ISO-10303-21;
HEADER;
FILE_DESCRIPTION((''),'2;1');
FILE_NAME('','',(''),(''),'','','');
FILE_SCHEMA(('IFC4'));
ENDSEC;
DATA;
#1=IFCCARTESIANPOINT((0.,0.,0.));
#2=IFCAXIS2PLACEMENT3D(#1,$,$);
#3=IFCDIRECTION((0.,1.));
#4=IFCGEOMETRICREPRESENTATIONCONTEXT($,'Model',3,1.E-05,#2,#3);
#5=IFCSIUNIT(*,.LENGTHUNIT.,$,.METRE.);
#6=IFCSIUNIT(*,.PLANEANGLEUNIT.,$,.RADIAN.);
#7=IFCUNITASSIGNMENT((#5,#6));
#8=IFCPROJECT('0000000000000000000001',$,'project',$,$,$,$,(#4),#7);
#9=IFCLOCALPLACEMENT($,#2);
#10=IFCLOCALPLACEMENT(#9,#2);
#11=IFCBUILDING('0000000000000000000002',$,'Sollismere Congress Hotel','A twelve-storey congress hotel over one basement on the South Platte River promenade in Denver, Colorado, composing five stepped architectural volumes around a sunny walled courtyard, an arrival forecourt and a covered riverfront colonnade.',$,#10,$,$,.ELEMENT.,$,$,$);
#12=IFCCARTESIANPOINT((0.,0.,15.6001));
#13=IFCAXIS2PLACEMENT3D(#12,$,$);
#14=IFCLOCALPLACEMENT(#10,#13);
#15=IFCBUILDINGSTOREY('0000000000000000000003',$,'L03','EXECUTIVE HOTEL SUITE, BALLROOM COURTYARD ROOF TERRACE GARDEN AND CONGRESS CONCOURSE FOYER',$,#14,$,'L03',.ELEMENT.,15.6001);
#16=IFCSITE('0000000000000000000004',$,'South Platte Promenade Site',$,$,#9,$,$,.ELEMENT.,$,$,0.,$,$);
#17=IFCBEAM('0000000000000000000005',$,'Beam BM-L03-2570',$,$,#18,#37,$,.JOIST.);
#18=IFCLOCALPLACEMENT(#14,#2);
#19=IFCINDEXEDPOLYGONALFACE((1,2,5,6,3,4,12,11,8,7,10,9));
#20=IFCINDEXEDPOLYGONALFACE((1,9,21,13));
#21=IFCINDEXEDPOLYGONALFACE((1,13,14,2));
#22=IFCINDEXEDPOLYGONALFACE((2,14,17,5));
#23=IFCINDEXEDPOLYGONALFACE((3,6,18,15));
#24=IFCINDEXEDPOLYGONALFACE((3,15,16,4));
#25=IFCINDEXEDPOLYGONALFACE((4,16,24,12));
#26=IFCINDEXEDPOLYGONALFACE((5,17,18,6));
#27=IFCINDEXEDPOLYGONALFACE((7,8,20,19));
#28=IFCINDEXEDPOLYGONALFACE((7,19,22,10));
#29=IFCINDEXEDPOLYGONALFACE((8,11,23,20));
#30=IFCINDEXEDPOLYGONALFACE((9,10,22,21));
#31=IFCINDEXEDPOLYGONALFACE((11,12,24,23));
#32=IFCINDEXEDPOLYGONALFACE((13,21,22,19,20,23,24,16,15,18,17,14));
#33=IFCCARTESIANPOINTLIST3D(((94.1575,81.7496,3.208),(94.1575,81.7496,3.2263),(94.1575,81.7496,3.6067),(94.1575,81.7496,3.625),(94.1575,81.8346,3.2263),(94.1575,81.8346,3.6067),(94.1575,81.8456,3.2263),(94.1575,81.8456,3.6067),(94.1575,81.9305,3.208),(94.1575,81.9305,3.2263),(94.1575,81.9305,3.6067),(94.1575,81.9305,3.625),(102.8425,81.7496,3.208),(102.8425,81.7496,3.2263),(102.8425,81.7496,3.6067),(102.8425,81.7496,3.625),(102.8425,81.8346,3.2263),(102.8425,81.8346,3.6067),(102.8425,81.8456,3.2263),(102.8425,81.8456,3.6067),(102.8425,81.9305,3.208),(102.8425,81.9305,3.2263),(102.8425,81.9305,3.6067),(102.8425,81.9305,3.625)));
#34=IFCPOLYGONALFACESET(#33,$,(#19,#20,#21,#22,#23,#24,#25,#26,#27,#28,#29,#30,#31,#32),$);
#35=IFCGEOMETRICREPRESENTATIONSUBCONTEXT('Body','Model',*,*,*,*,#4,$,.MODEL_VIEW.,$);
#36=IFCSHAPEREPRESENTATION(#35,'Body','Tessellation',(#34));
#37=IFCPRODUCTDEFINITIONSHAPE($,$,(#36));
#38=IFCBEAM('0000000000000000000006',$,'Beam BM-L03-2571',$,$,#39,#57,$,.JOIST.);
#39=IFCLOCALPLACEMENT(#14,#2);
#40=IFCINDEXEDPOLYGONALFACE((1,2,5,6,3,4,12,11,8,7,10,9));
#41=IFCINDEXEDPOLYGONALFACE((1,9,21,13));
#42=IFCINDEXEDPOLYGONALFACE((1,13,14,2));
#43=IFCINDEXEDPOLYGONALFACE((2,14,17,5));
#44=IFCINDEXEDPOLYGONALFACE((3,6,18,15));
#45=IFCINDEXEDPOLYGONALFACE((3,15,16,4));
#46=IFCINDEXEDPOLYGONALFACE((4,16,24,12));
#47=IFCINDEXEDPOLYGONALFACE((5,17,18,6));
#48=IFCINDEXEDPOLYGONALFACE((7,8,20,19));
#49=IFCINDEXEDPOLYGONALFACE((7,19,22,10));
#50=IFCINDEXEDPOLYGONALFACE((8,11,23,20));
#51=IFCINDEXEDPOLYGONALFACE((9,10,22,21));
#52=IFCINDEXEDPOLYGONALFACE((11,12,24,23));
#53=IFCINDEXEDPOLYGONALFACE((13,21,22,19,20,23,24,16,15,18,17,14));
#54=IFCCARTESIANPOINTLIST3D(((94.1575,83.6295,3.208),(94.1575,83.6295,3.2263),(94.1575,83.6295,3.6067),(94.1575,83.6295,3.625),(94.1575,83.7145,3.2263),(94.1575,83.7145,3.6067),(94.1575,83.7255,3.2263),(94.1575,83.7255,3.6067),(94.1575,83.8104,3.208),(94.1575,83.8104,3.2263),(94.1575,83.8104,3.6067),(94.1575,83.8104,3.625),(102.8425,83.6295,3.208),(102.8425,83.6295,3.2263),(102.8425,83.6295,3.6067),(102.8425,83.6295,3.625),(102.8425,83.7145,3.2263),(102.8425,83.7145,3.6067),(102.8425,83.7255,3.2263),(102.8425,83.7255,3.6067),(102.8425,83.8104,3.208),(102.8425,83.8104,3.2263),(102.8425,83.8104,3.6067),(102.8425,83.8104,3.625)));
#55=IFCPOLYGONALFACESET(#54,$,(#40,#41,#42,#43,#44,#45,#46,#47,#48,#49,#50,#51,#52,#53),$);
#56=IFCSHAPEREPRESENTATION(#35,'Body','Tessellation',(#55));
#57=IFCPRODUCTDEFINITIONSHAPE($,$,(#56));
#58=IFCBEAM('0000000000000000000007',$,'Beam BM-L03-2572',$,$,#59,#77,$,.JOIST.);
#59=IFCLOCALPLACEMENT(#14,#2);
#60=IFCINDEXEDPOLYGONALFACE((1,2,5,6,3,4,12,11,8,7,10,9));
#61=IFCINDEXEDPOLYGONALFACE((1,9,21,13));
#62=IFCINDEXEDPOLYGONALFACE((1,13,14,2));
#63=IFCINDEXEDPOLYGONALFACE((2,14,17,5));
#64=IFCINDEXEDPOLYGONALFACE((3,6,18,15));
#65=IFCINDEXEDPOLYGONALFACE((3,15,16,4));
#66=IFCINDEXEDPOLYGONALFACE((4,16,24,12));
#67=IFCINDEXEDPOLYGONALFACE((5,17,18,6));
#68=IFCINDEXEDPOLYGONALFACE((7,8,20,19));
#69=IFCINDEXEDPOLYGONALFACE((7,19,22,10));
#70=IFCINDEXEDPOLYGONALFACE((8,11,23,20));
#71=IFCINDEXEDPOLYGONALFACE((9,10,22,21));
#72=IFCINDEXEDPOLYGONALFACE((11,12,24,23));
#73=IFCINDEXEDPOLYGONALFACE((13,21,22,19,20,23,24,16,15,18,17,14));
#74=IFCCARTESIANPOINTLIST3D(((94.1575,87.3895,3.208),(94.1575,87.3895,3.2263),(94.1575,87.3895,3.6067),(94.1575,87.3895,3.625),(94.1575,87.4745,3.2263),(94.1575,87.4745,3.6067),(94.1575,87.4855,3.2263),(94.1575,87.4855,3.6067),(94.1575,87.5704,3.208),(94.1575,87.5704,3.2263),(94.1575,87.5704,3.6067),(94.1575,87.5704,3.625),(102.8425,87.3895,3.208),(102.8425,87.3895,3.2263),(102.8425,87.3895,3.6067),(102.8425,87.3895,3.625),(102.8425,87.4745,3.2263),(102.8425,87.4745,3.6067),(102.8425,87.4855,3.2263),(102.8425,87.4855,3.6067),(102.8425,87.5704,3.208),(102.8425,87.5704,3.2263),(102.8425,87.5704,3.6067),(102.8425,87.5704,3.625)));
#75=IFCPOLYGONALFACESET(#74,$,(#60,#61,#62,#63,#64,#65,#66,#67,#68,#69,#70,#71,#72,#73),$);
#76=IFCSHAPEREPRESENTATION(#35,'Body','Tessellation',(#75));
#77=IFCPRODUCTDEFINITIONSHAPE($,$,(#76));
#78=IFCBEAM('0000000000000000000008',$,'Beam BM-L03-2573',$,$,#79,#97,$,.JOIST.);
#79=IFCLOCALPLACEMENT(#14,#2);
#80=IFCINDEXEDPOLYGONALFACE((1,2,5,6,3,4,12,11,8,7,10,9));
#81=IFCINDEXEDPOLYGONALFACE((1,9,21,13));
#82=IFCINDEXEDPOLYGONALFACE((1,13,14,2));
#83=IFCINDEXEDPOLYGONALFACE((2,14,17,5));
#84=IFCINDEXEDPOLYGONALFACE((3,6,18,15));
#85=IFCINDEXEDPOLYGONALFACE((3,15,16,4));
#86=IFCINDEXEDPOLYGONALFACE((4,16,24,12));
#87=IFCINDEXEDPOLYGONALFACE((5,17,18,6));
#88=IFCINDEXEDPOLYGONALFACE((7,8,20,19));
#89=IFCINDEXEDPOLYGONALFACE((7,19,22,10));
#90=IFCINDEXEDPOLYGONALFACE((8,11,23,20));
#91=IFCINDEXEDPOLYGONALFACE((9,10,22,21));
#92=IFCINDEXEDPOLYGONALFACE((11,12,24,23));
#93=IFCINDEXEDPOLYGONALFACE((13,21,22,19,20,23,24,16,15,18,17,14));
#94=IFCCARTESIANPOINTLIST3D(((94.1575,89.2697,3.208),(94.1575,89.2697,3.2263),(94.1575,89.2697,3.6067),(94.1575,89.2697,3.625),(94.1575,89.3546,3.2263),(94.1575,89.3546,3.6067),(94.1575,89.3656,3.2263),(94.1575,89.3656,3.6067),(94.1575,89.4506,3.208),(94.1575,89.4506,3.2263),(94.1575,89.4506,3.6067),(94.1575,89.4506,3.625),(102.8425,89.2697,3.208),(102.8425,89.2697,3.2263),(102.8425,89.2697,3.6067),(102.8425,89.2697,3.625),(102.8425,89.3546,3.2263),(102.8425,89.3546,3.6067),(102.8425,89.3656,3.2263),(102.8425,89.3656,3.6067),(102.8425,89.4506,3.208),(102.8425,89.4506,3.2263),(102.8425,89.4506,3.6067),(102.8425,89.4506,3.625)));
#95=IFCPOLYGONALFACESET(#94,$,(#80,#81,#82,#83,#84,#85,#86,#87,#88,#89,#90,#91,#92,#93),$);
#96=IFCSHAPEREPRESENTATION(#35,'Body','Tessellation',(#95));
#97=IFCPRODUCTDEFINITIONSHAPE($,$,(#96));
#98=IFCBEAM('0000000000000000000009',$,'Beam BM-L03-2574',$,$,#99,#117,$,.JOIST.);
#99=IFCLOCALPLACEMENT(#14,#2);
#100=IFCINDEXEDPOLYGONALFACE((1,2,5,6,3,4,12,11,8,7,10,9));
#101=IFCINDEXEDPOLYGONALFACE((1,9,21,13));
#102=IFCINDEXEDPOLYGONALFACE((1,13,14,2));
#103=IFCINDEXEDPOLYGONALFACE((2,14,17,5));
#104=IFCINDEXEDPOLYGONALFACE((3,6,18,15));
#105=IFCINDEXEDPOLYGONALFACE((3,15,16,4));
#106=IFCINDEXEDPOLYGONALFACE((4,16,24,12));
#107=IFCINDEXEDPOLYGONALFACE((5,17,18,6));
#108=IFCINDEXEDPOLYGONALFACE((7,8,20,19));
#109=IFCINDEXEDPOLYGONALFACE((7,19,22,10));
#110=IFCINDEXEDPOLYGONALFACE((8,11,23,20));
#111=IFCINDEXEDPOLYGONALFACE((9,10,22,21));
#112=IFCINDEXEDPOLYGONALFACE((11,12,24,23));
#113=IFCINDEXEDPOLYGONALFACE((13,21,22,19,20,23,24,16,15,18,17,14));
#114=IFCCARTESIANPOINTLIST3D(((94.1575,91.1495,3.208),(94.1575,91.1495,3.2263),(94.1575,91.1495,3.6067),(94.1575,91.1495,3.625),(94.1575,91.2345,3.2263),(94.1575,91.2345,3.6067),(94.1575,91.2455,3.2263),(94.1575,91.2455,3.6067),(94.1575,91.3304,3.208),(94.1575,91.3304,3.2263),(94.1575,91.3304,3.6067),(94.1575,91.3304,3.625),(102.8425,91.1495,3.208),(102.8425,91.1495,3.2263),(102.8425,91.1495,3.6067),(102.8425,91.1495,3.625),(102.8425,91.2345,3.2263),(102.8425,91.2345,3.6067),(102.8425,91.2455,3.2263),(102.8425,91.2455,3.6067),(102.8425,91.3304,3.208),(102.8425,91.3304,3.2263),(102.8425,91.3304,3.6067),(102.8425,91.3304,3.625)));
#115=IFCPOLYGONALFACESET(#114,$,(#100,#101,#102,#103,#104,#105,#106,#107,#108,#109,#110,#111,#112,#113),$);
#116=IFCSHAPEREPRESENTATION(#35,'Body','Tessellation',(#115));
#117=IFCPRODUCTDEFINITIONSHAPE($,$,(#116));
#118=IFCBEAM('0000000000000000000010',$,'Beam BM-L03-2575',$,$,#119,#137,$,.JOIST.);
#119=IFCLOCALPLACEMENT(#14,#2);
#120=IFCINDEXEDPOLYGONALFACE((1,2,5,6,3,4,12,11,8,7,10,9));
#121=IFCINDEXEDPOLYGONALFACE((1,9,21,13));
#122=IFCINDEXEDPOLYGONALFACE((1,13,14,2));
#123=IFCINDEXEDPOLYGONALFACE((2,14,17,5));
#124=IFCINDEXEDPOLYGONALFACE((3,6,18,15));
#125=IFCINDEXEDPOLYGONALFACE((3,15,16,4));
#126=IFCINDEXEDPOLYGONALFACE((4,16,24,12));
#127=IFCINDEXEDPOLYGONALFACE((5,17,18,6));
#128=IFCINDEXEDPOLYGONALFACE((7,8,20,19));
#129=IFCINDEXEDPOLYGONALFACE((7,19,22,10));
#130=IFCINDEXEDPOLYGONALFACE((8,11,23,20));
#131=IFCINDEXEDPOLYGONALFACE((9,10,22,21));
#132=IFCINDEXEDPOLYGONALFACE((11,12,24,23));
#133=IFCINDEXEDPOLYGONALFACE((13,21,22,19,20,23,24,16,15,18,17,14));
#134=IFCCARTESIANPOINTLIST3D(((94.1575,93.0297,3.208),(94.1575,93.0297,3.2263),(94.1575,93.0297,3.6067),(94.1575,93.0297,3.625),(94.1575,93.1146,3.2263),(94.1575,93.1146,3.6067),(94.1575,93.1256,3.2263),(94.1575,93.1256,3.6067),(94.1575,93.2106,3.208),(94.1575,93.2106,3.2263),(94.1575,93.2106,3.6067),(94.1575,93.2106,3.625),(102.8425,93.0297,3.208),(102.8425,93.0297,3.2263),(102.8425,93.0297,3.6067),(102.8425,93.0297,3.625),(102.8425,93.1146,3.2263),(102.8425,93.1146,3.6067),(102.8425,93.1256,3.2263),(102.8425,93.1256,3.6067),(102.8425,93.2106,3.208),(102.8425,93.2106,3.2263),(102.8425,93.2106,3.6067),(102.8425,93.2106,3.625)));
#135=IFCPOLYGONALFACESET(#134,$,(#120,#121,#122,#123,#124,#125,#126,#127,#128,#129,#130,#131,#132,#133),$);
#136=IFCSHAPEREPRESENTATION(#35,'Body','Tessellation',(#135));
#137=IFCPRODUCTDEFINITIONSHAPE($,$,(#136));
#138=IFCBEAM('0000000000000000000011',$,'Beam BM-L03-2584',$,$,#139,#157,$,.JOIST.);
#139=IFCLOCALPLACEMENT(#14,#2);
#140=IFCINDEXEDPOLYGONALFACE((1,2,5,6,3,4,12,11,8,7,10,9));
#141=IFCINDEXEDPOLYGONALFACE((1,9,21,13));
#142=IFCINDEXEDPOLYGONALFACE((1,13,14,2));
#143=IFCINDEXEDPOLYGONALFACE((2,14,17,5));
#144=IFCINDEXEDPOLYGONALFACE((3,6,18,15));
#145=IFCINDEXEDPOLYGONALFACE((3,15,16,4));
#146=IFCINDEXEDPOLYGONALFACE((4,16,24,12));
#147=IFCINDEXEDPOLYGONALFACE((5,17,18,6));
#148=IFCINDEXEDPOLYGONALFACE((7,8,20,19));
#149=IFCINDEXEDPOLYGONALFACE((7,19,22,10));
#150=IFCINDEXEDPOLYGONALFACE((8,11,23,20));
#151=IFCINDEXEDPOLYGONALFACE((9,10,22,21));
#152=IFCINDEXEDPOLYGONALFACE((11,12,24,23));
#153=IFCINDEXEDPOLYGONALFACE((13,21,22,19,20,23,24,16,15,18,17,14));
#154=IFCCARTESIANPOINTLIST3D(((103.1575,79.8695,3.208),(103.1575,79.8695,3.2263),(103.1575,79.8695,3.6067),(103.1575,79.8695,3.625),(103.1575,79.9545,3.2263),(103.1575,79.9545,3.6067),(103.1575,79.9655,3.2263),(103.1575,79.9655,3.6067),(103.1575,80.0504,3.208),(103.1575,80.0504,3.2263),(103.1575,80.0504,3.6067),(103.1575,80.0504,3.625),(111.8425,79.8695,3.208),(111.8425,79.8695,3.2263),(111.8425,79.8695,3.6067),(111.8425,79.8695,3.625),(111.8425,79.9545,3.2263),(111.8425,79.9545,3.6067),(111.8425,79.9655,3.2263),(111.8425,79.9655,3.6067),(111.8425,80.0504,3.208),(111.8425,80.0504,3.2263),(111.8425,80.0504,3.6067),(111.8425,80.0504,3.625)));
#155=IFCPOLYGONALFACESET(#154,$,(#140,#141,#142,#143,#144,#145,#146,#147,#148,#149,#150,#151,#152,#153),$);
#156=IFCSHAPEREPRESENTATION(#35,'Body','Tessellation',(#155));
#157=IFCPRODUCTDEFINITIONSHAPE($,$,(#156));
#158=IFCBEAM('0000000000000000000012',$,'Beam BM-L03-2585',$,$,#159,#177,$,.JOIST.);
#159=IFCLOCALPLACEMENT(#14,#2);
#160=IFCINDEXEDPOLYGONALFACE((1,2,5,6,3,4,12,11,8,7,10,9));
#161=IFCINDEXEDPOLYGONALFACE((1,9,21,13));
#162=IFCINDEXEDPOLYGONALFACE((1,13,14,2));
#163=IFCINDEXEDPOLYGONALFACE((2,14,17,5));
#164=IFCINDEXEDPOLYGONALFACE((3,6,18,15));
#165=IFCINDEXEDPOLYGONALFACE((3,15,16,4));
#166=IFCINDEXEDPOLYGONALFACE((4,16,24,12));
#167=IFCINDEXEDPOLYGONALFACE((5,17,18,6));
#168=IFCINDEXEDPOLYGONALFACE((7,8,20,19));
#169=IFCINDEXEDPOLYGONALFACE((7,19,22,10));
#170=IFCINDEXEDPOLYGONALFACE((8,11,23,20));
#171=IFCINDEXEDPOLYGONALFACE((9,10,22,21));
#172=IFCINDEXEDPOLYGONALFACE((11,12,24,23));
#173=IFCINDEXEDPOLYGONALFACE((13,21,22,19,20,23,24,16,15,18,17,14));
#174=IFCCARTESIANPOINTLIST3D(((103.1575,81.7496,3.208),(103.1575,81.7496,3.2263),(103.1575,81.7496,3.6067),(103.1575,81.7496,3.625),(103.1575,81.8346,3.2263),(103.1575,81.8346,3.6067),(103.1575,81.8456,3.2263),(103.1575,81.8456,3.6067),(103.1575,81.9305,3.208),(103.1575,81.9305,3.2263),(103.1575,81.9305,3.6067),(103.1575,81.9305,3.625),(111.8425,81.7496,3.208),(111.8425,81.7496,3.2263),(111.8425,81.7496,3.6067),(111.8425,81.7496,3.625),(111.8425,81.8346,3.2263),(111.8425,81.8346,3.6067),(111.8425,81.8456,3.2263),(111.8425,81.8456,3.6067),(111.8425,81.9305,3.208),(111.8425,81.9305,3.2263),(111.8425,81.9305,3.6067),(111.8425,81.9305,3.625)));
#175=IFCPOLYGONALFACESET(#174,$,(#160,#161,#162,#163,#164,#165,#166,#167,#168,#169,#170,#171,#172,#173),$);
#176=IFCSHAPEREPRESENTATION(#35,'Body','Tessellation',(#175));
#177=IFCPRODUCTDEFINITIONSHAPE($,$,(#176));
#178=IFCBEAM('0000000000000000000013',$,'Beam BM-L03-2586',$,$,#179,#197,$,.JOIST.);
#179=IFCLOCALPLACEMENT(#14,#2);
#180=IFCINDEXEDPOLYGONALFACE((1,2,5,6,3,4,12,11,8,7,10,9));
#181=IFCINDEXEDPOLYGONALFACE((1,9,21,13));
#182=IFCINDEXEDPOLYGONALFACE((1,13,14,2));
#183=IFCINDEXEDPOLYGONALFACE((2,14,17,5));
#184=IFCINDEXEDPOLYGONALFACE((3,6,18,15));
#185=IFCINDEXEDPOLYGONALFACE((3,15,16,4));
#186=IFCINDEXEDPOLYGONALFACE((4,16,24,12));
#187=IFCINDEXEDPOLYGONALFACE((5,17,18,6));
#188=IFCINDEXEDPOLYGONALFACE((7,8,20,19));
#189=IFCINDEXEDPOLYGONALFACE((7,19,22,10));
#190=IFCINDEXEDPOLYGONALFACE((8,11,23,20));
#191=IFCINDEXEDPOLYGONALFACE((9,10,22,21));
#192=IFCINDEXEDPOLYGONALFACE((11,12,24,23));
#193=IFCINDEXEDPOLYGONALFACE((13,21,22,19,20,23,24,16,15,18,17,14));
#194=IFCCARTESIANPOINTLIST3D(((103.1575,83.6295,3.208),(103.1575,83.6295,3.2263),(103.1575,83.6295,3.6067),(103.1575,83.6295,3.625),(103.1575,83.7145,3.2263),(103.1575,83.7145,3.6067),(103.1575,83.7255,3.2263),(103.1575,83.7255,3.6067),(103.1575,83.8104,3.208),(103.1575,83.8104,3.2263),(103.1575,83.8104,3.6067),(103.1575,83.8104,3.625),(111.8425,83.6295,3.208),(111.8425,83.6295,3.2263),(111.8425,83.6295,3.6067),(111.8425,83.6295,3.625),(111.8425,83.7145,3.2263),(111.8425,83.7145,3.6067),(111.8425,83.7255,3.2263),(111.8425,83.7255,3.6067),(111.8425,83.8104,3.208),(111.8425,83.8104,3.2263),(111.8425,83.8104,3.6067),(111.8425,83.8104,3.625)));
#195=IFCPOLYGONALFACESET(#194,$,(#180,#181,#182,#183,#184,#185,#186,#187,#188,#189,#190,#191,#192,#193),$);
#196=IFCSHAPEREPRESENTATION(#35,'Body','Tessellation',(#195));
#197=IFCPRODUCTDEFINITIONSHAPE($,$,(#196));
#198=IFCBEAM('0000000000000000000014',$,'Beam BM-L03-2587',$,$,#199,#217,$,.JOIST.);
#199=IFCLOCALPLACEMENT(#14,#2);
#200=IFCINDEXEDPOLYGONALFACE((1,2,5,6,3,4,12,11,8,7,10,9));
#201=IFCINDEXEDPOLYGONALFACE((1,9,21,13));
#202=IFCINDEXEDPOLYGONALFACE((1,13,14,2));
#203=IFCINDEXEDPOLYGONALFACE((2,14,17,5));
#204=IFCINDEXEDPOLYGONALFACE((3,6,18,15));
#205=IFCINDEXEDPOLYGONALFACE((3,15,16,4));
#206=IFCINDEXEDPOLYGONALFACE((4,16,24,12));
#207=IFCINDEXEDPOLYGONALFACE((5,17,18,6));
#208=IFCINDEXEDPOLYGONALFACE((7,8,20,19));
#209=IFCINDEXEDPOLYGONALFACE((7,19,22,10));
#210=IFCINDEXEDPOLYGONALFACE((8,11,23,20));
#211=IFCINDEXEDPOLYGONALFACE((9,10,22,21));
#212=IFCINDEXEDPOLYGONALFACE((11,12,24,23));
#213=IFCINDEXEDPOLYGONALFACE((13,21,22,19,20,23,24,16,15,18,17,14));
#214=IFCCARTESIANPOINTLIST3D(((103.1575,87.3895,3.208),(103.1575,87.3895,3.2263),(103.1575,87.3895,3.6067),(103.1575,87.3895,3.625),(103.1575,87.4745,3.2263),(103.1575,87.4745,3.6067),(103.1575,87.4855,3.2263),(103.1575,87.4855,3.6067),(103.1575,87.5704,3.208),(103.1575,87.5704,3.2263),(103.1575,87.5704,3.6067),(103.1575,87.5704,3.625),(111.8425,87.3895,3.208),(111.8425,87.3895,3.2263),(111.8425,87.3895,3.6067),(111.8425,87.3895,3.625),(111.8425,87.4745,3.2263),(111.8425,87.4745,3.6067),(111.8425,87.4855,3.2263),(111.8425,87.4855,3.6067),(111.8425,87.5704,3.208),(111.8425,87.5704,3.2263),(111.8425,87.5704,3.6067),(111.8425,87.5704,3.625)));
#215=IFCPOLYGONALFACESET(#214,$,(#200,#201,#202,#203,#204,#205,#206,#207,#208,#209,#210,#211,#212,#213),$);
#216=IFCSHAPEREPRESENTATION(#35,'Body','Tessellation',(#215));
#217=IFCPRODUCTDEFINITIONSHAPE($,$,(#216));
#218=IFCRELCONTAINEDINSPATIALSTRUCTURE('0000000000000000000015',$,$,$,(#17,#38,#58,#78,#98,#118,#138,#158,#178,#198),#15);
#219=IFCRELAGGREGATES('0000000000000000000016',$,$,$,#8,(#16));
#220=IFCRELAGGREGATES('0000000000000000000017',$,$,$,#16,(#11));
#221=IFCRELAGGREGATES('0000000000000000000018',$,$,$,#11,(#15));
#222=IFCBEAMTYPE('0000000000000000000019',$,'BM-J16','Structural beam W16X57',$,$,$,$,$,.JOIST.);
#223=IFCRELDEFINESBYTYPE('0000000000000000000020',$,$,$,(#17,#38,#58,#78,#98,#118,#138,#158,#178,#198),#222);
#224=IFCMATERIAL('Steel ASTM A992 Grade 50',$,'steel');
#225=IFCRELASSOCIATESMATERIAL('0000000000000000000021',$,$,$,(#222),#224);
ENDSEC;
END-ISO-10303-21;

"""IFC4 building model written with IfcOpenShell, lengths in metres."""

from ifc_helpers import new_model, si_unit, direction, frame, origin, origin_2d, place, context, subcontext, project, spatial, i_section, extrude, material, material_profile, profile_set, type_object, element, save


model = new_model("IFC4")

# Units and contexts
model_context = context("Model", 3, precision=1e-05, world=origin(), true_north=direction((0.0, 1.0)))
body_context = subcontext(model_context, "Body", "Model", "MODEL_VIEW")
ifc_project = project(units=[si_unit("LENGTHUNIT", "METRE"), si_unit("PLANEANGLEUNIT", "RADIAN")], contexts=[model_context])

# Site, building, storey
site_placement = place(None, origin())
site = spatial("IfcSite", under=ifc_project, at=site_placement, Name="South Platte Promenade Site", CompositionType="ELEMENT", RefElevation=0.0)
building_placement = place(site_placement, origin())
building = spatial("IfcBuilding", under=site, at=building_placement, Name="Sollismere Congress Hotel", Description="A twelve-storey congress hotel over one basement on the South Platte River promenade in Denver, Colorado, composing five stepped architectural volumes around a sunny walled courtyard, an arrival forecourt and a covered riverfront colonnade.", CompositionType="ELEMENT")
storey_placement = place(building_placement, frame((0.0, 0.0, 15.6001)))
storey = spatial("IfcBuildingStorey", under=building, at=storey_placement, Name="L03", Description="EXECUTIVE HOTEL SUITE, BALLROOM COURTYARD ROOF TERRACE GARDEN AND CONGRESS CONCOURSE FOYER", LongName="L03", CompositionType="ELEMENT", Elevation=15.6001)

# Shared definitions
ifc_material = material(Name="Steel ASTM A992 Grade 50", Category="steel")

# Beams
ifc_material_profile_1 = material_profile(ifc_material, i_section(OverallWidth=0.1809, OverallDepth=0.417, WebThickness=0.011, FlangeThickness=0.0183, at=origin_2d()), Name="W16X57")
ifc_profile_set_1 = profile_set([ifc_material_profile_1], Name="Steel ASTM A992 Grade 50")
beam_type_1 = type_object("IfcBeamType", Name="BM-J16", Description="Structural beam W16X57", PredefinedType="JOIST", material=ifc_profile_set_1)
for number, where, z_axis, x_axis, name in (
    (1, (94.1575, 81.8401, 3.4165), (1.0, 0.0, 0.0), (0.0, 1.0, 0.0), "Beam BM-L03-2570"),
    (2, (94.1575, 83.72, 3.4165), (1.0, 0.0, 0.0), (0.0, 1.0, 0.0), "Beam BM-L03-2571"),
    (3, (94.1575, 87.48, 3.4165), (1.0, 0.0, 0.0), (0.0, 1.0, 0.0), "Beam BM-L03-2572"),
    (4, (94.1575, 89.3601, 3.4165), (1.0, 0.0, 0.0), (0.0, 1.0, 0.0), "Beam BM-L03-2573"),
    (5, (94.1575, 91.24, 3.4165), (1.0, 0.0, 0.0), (0.0, 1.0, 0.0), "Beam BM-L03-2574"),
    (6, (94.1575, 93.1201, 3.4165), (1.0, 0.0, 0.0), (0.0, 1.0, 0.0), "Beam BM-L03-2575"),
    (7, (103.1575, 79.96, 3.4165), (1.0, 0.0, 0.0), (0.0, 1.0, 0.0), "Beam BM-L03-2584"),
    (8, (103.1575, 81.8401, 3.4165), (1.0, 0.0, 0.0), (0.0, 1.0, 0.0), "Beam BM-L03-2585"),
    (9, (103.1575, 83.72, 3.4165), (1.0, 0.0, 0.0), (0.0, 1.0, 0.0), "Beam BM-L03-2586"),
    (10, (103.1575, 87.48, 3.4165), (1.0, 0.0, 0.0), (0.0, 1.0, 0.0), "Beam BM-L03-2587"),
):
    element("IfcBeam", number, at=place(storey_placement, frame(where, z_axis=z_axis, x_axis=x_axis)), inside=storey, type_object=beam_type_1, Name=name, PredefinedType="JOIST", context=body_context, shape_type="SweptSolid", body=[
        extrude(i_section(OverallWidth=0.1809, OverallDepth=0.417, WebThickness=0.011, FlangeThickness=0.0183, at=origin_2d()), origin(), (0.0, 0.0, 1.0), 8.6851),
    ])

save(model, "model.ifc")
